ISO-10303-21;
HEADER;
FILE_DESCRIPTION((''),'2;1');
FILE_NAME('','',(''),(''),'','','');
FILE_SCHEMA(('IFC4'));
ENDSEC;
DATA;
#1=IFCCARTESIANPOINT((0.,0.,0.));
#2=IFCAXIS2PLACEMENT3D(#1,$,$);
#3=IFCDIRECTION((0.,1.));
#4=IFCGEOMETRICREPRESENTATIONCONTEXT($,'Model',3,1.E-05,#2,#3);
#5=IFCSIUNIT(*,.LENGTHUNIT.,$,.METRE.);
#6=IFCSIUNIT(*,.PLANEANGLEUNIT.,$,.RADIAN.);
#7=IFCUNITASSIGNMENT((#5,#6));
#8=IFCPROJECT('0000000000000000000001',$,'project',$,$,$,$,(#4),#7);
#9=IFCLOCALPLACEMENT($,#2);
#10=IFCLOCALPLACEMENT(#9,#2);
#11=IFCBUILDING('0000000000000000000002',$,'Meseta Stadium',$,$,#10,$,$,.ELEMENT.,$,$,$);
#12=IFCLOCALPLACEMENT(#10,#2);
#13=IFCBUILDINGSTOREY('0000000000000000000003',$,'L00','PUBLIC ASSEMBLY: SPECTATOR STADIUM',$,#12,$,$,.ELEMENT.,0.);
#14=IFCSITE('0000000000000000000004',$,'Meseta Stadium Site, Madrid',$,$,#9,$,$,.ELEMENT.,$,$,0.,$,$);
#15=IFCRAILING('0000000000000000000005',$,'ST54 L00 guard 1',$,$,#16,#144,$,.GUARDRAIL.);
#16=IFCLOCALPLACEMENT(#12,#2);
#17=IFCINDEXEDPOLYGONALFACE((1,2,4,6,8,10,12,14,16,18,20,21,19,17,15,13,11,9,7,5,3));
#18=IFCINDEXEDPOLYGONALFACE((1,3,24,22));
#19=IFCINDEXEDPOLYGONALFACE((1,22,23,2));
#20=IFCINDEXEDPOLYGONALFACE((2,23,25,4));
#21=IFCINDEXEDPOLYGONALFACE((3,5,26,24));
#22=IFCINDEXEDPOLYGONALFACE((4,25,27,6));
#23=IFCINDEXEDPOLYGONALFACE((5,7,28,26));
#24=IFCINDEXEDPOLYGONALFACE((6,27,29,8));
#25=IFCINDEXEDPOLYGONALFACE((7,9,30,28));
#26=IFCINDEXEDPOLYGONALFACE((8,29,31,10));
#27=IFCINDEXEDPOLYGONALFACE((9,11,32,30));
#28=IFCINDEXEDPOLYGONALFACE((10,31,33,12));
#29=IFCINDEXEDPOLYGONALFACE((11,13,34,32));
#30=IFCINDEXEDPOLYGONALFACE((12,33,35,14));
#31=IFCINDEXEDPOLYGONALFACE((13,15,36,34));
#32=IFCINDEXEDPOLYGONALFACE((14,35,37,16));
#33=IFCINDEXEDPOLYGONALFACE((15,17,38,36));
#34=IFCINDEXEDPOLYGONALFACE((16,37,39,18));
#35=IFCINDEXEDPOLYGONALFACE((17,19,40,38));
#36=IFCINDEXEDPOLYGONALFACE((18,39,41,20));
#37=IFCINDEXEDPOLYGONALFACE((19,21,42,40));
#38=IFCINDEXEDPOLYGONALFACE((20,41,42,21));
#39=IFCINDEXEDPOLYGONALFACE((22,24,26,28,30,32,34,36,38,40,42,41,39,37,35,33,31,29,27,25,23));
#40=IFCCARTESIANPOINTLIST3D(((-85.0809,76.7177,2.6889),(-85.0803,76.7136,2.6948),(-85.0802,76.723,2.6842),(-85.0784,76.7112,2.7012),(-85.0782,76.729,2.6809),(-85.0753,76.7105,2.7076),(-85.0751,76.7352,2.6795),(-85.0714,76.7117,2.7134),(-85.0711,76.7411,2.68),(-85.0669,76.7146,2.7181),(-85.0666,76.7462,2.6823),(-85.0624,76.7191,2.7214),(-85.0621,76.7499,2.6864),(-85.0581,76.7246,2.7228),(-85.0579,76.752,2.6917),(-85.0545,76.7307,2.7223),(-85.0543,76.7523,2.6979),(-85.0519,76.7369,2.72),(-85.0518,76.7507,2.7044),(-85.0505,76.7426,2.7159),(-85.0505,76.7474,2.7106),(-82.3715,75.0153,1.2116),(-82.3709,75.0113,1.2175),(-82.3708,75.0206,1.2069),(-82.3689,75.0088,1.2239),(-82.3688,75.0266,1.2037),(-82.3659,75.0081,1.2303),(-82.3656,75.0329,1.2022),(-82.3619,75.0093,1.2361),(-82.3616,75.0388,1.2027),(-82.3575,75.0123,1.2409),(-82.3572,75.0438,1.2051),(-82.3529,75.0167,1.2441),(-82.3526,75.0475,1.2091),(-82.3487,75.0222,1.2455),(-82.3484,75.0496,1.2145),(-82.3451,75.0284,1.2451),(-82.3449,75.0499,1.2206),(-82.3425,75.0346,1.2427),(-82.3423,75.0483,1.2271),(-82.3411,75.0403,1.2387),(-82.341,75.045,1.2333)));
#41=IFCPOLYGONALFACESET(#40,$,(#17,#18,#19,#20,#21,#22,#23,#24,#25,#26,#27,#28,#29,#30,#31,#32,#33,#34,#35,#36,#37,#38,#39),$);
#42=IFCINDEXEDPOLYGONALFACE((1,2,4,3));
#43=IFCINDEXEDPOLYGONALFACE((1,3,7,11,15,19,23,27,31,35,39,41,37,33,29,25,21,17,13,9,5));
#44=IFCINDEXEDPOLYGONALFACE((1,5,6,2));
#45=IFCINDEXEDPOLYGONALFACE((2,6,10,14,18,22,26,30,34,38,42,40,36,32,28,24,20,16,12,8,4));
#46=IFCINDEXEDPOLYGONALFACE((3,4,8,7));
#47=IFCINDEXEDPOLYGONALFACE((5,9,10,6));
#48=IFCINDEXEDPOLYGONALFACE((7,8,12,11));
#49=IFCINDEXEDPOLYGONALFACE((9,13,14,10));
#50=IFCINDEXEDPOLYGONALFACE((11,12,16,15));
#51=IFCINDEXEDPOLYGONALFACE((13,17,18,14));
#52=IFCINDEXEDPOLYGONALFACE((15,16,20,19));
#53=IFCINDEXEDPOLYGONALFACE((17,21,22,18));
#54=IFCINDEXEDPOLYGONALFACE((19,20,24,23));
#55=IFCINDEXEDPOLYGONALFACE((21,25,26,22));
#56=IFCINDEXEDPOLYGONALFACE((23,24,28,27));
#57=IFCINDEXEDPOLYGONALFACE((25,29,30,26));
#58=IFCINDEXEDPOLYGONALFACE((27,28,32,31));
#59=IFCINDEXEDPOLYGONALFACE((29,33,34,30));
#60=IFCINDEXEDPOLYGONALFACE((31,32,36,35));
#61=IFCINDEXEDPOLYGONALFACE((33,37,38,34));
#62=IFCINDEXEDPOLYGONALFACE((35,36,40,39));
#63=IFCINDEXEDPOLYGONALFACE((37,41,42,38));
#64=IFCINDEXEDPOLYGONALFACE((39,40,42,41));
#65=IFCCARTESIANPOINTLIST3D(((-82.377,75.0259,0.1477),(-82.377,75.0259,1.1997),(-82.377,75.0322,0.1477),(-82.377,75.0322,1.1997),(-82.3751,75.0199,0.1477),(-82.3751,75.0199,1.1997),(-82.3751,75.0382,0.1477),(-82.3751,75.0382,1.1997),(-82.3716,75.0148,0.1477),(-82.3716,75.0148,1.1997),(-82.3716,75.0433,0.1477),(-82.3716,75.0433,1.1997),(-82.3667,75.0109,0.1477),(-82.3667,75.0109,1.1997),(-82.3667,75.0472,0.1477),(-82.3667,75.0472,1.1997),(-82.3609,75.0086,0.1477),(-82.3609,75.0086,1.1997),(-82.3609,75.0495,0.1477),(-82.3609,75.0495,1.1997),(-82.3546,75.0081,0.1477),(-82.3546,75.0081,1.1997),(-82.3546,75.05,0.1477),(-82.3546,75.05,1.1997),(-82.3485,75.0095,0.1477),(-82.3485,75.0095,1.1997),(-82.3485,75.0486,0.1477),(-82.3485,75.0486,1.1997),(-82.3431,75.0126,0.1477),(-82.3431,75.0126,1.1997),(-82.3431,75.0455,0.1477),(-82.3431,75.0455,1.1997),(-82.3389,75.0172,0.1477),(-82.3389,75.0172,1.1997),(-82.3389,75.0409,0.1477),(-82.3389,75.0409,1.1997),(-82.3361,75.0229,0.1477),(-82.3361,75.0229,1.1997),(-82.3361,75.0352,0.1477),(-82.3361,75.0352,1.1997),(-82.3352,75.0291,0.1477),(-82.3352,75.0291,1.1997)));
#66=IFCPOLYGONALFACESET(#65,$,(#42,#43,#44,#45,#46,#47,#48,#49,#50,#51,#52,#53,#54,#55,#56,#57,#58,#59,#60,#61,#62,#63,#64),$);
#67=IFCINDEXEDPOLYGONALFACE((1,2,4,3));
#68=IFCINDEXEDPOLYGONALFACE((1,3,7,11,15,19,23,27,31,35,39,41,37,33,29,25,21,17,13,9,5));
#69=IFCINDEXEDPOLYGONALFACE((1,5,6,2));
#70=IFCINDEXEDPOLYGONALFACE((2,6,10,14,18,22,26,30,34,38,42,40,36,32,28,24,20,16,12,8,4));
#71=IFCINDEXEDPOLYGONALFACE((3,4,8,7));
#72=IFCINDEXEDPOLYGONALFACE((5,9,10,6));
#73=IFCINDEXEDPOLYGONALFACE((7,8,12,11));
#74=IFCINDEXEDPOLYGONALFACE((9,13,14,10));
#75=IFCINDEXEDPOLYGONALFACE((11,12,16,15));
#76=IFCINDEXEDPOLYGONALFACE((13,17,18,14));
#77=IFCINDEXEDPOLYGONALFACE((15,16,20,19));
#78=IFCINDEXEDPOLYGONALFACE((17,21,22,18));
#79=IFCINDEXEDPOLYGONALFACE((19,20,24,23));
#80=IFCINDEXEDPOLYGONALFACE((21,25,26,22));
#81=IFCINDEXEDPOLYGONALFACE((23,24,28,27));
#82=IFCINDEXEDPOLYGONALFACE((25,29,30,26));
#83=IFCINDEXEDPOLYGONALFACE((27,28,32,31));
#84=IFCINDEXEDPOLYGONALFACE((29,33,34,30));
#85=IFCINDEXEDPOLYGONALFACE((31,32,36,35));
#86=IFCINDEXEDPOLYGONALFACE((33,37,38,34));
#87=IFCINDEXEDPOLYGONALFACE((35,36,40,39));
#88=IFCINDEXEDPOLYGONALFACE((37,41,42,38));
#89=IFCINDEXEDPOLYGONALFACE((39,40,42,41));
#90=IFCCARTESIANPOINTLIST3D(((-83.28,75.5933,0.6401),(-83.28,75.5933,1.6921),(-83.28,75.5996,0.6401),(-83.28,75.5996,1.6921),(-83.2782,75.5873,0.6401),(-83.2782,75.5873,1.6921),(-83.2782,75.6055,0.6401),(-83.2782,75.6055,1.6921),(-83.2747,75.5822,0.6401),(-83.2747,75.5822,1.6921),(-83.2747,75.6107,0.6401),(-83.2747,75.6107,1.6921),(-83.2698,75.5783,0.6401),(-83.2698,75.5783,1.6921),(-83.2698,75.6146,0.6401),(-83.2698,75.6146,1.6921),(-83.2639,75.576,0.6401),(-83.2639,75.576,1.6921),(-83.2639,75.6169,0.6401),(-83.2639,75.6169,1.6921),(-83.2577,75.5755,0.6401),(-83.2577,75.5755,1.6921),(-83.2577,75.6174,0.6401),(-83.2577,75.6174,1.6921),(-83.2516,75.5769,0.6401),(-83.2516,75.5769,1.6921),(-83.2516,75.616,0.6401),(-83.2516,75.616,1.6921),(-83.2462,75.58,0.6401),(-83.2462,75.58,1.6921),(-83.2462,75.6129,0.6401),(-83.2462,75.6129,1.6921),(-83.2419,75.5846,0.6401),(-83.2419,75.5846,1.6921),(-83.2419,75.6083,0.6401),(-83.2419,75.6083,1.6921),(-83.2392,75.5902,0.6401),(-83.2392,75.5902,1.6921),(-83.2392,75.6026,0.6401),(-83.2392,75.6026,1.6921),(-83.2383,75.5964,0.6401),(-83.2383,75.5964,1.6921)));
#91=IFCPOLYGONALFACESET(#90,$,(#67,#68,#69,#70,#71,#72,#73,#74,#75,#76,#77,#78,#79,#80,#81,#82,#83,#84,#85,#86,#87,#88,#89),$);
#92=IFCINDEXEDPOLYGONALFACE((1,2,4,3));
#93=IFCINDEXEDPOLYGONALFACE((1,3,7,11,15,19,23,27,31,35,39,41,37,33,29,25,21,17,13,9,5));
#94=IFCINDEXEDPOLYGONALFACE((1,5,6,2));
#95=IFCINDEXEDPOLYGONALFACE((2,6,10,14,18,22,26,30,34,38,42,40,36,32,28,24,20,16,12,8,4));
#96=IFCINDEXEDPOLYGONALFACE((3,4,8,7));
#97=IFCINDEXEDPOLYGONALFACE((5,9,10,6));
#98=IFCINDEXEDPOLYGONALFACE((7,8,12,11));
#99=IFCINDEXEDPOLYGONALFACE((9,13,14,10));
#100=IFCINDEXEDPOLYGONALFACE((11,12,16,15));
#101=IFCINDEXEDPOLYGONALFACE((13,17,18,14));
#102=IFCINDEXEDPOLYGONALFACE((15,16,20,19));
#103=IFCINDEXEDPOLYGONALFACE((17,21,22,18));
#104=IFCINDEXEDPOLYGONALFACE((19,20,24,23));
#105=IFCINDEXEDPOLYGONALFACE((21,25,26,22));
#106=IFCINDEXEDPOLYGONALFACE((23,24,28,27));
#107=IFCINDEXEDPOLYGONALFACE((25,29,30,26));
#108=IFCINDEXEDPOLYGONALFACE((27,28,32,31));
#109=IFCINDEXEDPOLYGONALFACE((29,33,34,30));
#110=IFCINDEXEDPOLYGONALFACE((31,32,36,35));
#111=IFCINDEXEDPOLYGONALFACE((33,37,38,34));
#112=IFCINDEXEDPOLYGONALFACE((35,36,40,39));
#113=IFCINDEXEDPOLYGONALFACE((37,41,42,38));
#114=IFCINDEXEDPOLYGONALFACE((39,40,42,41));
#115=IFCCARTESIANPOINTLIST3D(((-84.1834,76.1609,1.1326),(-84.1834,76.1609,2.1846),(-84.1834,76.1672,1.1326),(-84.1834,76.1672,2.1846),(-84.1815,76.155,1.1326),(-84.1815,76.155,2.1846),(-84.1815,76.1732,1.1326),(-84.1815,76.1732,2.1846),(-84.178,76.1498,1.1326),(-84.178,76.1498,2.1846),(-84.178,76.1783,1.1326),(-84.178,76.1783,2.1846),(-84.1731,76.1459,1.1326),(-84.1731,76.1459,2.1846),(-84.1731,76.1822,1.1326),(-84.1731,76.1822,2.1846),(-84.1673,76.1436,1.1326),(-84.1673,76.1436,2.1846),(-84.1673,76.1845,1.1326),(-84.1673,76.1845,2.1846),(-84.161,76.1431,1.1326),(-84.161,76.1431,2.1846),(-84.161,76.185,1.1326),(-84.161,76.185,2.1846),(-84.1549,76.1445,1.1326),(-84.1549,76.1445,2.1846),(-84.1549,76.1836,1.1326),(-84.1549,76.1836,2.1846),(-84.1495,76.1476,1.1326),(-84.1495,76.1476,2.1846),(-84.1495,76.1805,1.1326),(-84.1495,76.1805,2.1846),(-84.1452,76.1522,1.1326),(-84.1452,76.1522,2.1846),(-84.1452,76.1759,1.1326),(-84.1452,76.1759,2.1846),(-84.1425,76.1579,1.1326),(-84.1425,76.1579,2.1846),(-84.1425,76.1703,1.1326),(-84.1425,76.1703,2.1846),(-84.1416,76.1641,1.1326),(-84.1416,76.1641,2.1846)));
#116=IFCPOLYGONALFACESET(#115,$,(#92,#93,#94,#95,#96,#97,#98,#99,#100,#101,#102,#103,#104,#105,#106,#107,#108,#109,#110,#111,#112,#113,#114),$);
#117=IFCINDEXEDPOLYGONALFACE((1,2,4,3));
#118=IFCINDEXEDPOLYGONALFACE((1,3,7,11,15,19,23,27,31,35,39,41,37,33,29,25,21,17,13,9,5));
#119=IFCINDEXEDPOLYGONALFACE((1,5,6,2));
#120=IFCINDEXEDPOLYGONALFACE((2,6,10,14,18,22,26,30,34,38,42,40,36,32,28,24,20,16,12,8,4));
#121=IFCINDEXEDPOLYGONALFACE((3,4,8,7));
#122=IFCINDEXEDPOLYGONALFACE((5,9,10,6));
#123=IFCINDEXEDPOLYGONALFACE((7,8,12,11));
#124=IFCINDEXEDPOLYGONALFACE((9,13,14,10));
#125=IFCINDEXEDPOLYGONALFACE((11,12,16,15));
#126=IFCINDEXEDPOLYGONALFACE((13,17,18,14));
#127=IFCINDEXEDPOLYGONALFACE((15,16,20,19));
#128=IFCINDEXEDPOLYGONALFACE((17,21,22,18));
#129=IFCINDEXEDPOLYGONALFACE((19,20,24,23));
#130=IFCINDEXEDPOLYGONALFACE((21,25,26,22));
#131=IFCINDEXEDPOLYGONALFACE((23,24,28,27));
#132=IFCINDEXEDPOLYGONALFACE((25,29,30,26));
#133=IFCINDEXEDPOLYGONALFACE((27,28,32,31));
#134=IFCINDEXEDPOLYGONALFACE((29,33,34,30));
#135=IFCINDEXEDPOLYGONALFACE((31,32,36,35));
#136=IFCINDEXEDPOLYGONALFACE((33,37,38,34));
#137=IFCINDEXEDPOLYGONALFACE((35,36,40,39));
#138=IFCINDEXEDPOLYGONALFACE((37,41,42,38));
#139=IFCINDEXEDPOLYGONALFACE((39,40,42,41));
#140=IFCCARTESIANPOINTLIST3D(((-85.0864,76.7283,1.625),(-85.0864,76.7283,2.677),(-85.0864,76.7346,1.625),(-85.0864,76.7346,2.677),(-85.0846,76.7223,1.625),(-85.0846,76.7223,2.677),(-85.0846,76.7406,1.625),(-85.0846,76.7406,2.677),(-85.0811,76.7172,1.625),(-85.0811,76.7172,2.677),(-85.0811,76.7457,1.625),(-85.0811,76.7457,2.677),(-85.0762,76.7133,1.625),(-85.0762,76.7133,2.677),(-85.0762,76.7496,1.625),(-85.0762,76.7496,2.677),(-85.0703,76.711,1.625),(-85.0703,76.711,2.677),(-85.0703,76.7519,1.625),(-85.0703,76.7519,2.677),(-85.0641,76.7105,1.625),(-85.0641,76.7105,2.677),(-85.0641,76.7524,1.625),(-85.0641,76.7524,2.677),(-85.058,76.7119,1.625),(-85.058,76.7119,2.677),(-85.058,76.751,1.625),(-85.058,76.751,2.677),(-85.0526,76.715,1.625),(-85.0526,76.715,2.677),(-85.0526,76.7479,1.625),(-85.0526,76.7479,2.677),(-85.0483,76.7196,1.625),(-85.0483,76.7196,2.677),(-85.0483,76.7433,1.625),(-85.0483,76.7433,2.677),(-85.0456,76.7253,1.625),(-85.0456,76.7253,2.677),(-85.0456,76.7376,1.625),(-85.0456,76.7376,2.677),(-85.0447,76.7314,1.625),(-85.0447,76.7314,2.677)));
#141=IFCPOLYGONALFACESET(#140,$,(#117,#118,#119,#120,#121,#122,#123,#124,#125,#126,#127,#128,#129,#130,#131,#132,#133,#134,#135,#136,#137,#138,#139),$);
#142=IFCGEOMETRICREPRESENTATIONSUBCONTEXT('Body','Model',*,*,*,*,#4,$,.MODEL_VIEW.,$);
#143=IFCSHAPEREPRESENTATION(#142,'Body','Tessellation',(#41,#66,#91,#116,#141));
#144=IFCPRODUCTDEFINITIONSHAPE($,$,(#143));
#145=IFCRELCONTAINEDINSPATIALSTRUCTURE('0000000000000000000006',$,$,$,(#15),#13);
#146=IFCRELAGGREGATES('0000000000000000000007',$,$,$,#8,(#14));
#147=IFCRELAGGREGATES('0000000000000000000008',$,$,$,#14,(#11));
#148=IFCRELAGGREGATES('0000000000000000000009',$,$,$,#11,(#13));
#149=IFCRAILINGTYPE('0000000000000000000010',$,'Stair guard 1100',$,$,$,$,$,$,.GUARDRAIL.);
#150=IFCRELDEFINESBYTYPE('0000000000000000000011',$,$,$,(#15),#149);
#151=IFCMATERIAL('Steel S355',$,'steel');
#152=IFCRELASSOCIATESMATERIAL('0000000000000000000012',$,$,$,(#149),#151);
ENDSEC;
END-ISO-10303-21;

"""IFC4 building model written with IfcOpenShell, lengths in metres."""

from ifc_helpers import new_model, si_unit, direction, frame, origin, origin_2d, place, context, subcontext, project, spatial, circle, extrude, material, type_object, element, save


model = new_model("IFC4")

# Units and contexts
model_context = context("Model", 3, precision=1e-05, world=origin(), true_north=direction((0.0, 1.0)))
body_context = subcontext(model_context, "Body", "Model", "MODEL_VIEW")
ifc_project = project(units=[si_unit("LENGTHUNIT", "METRE"), si_unit("PLANEANGLEUNIT", "RADIAN")], contexts=[model_context])

# Site, building, storey
site_placement = place(None, origin())
site = spatial("IfcSite", under=ifc_project, at=site_placement, Name="Meseta Stadium Site, Madrid", CompositionType="ELEMENT", RefElevation=0.0)
building_placement = place(site_placement, origin())
building = spatial("IfcBuilding", under=site, at=building_placement, Name="Meseta Stadium", CompositionType="ELEMENT")
storey_placement = place(building_placement, origin())
storey = spatial("IfcBuildingStorey", under=building, at=storey_placement, Name="L00", Description="PUBLIC ASSEMBLY: SPECTATOR STADIUM", CompositionType="ELEMENT", Elevation=0.0)

# Railing
ifc_material_1 = material(Name="Steel S355", Category="steel")
railing_type_1 = type_object("IfcRailingType", Name="Stair guard 1100", PredefinedType="GUARDRAIL", material=ifc_material_1)
railing_1_placement = place(storey_placement, frame((-82.3562, 75.0291, 0.1477)))
element("IfcRailing", 1, at=railing_1_placement, inside=storey, type_object=railing_type_1, Name="ST54 L00 guard 1", PredefinedType="GUARDRAIL", context=body_context, shape_type="SweptSolid", body=[
    extrude(circle(Radius=0.0239, at=origin_2d()), frame((0.0, 0.0, 1.0762), z_axis=(-0.768764, 0.483023, 0.419156), x_axis=(-0.532014, -0.846736, 0.0)), (0.0, 0.0, 1.0), 3.5244),
    extrude(circle(Radius=0.021, at=origin_2d()), origin(), (0.0, 0.0, 1.0), 1.052),
    extrude(circle(Radius=0.021, at=origin_2d()), frame((-0.9031, 0.5674, 0.4924)), (0.0, 0.0, 1.0), 1.052),
    extrude(circle(Radius=0.021, at=origin_2d()), frame((-1.8064, 1.135, 0.9849)), (0.0, 0.0, 1.0), 1.052),
    extrude(circle(Radius=0.021, at=origin_2d()), frame((-2.7095, 1.7024, 1.4773)), (0.0, 0.0, 1.0), 1.052),
])

save(model, "model.ifc")
